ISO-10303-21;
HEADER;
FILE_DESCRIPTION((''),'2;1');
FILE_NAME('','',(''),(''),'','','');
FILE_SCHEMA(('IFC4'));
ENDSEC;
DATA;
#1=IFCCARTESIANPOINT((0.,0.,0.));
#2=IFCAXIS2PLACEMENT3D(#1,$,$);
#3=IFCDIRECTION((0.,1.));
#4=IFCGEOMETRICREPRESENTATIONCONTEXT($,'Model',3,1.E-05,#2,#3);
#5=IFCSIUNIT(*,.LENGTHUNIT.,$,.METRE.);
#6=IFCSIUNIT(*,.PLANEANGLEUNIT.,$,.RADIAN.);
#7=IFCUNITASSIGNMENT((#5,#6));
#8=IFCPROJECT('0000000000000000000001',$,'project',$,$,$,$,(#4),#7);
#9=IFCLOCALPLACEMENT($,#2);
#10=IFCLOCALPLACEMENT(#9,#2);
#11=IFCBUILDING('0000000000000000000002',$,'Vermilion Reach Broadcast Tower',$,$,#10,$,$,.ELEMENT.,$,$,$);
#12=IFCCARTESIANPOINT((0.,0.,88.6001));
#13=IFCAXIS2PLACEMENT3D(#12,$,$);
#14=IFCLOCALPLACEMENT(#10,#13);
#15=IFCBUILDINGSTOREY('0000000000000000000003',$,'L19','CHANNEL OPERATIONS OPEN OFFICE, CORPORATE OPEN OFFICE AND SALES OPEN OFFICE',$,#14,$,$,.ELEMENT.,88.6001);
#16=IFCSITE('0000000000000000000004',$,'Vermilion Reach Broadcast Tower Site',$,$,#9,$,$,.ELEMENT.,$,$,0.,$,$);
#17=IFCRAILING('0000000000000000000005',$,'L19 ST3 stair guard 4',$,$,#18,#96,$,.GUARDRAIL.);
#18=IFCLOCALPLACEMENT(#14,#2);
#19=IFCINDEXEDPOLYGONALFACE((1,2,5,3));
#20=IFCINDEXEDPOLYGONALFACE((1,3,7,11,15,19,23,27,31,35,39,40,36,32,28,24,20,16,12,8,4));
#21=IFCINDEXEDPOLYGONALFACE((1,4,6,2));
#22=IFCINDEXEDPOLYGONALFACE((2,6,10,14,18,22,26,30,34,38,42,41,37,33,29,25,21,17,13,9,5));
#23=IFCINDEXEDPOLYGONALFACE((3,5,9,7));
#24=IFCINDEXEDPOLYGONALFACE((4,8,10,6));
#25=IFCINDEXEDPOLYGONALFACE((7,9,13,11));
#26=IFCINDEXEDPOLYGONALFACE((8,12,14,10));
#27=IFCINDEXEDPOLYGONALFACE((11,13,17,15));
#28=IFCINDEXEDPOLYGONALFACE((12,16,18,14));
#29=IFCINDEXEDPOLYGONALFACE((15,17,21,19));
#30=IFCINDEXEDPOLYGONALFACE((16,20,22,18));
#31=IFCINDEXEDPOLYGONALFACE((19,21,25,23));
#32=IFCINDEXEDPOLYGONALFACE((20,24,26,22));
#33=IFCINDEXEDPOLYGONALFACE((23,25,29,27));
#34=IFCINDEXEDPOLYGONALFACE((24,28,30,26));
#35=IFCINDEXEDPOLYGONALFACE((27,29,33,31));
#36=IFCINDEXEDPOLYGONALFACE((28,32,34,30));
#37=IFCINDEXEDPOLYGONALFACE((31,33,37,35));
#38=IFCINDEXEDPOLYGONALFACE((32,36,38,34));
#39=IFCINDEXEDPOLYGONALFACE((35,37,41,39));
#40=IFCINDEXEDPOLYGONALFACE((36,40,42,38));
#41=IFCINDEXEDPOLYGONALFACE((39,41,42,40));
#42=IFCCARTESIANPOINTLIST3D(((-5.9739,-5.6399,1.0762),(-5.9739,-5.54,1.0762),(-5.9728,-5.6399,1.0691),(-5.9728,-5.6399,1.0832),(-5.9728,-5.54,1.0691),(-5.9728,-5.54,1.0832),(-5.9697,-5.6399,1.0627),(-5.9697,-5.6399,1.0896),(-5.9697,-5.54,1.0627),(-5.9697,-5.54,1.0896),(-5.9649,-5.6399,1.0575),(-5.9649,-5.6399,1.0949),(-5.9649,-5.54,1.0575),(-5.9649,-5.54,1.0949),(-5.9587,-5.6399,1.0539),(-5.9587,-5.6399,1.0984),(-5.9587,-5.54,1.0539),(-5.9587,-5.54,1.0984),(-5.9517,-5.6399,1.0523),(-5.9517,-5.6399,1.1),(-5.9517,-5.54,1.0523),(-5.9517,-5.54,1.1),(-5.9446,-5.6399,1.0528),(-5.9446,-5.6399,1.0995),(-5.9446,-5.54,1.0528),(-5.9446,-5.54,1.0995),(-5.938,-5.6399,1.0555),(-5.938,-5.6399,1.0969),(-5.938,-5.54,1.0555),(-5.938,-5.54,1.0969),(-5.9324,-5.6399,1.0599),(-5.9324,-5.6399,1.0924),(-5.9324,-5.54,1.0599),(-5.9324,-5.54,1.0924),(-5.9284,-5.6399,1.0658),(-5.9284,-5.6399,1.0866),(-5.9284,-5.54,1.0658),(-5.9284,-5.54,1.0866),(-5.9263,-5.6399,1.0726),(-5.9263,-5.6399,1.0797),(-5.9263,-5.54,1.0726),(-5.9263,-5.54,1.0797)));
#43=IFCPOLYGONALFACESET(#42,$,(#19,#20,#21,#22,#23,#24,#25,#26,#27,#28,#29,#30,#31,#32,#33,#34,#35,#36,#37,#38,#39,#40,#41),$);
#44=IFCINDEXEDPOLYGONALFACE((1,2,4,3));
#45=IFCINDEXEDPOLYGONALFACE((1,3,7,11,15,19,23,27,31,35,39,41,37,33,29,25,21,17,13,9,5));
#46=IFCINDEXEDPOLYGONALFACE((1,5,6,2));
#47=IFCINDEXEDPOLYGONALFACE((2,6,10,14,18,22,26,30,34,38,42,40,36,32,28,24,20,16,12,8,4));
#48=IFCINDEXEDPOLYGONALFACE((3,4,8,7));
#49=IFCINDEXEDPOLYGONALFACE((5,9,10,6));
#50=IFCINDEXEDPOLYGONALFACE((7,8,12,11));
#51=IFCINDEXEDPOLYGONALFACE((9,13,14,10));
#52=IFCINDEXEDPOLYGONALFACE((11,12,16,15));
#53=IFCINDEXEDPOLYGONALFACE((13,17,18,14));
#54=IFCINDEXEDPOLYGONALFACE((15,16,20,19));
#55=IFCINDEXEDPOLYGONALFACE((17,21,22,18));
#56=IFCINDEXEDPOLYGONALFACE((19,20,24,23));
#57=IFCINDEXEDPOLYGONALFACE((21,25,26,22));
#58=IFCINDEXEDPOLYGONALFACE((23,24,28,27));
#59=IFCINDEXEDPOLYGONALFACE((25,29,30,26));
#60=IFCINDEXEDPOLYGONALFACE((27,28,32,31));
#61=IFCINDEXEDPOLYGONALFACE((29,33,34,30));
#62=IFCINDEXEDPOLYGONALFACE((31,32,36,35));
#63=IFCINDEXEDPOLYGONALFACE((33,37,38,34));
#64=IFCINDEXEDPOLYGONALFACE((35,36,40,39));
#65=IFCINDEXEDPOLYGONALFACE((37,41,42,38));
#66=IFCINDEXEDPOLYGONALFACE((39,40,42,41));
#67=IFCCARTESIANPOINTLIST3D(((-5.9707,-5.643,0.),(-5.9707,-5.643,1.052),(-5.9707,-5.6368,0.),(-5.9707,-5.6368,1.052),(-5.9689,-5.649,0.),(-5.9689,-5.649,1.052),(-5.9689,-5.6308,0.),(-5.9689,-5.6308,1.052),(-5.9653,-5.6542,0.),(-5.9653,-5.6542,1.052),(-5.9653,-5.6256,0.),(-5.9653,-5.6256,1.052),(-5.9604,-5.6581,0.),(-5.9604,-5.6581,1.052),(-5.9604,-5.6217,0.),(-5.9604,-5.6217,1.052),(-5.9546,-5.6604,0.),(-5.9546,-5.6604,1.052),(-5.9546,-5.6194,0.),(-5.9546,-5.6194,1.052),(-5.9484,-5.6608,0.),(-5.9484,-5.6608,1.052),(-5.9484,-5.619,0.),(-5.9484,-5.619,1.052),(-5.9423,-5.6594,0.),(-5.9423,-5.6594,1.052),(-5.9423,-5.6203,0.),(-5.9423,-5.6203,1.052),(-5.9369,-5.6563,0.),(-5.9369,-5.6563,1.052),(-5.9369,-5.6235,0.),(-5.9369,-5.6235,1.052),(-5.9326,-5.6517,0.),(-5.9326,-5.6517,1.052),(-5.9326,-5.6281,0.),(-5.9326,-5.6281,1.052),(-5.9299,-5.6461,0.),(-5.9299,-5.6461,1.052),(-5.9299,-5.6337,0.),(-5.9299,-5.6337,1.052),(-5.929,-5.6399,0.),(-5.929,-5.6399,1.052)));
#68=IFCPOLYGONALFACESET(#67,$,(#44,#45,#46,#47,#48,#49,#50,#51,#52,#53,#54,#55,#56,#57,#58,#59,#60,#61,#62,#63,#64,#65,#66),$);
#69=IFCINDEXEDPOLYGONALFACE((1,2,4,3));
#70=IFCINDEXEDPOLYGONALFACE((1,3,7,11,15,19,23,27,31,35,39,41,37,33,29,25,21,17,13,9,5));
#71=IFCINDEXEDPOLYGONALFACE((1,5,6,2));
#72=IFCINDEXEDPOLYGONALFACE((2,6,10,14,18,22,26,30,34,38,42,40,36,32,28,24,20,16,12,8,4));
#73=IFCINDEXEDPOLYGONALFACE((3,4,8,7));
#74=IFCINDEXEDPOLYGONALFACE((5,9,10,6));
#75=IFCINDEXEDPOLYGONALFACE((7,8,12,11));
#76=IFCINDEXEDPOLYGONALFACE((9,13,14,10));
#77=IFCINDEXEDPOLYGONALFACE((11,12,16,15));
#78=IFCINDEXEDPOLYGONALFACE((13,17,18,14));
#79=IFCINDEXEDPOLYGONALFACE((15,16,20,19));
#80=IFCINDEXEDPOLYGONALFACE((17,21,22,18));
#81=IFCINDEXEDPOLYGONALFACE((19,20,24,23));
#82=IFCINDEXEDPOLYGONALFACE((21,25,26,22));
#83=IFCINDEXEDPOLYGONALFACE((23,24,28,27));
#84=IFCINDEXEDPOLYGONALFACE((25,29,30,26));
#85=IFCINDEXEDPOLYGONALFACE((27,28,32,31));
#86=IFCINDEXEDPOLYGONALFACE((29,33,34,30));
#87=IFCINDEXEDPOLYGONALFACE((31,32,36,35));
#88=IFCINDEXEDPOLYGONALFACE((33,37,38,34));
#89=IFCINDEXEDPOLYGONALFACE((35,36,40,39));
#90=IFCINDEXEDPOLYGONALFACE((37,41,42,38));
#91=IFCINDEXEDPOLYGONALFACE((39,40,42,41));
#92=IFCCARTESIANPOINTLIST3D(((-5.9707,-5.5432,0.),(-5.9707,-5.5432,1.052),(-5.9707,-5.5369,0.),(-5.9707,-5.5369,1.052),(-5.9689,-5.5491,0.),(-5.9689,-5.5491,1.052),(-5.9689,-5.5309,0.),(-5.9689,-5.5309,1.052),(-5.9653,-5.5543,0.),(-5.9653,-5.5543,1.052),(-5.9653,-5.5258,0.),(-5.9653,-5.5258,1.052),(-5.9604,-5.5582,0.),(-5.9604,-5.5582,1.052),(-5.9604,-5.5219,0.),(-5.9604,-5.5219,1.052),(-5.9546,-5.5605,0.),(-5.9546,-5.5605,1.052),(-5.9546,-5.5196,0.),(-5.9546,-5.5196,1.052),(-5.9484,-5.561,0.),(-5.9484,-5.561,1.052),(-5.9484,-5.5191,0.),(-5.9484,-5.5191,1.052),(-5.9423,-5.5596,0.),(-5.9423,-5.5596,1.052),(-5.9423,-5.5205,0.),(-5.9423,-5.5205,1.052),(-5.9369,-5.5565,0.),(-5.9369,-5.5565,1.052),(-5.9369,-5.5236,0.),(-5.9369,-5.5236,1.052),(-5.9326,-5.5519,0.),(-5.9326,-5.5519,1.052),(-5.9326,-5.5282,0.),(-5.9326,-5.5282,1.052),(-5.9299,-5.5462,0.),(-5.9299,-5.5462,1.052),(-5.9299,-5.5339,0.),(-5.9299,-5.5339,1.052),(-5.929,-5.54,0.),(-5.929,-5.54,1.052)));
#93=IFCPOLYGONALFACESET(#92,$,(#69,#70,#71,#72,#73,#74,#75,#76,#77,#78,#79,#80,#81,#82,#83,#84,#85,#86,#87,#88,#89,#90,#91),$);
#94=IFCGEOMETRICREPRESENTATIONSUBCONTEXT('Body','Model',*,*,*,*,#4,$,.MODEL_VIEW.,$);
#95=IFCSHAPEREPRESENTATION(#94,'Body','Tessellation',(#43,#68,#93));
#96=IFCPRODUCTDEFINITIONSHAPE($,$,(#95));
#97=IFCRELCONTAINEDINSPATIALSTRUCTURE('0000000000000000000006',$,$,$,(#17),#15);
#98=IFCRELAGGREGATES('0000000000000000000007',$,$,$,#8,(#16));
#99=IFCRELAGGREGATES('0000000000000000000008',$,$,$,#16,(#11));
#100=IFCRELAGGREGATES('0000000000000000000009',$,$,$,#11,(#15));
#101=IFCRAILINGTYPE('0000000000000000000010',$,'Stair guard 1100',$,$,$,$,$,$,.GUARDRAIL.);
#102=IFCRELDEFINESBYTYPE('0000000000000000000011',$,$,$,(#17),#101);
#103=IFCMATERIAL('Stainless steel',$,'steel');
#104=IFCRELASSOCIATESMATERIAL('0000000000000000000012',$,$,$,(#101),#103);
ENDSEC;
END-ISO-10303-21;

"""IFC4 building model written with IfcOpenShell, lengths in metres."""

from ifc_helpers import new_model, si_unit, direction, frame, origin, origin_2d, place, context, subcontext, project, spatial, circle, extrude, material, type_object, element, save


model = new_model("IFC4")

# Units and contexts
model_context = context("Model", 3, precision=1e-05, world=origin(), true_north=direction((0.0, 1.0)))
body_context = subcontext(model_context, "Body", "Model", "MODEL_VIEW")
ifc_project = project(units=[si_unit("LENGTHUNIT", "METRE"), si_unit("PLANEANGLEUNIT", "RADIAN")], contexts=[model_context])

# Site, building, storey
site_placement = place(None, origin())
site = spatial("IfcSite", under=ifc_project, at=site_placement, Name="Vermilion Reach Broadcast Tower Site", CompositionType="ELEMENT", RefElevation=0.0)
building_placement = place(site_placement, origin())
building = spatial("IfcBuilding", under=site, at=building_placement, Name="Vermilion Reach Broadcast Tower", CompositionType="ELEMENT")
storey_placement = place(building_placement, frame((0.0, 0.0, 88.6001)))
storey = spatial("IfcBuildingStorey", under=building, at=storey_placement, Name="L19", Description="CHANNEL OPERATIONS OPEN OFFICE, CORPORATE OPEN OFFICE AND SALES OPEN OFFICE", CompositionType="ELEMENT", Elevation=88.6001)

# Railing
ifc_material_1 = material(Name="Stainless steel", Category="steel")
railing_type_1 = type_object("IfcRailingType", Name="Stair guard 1100", PredefinedType="GUARDRAIL", material=ifc_material_1)
railing_1_placement = place(storey_placement, frame((-5.95, -5.6399, 0.0)))
element("IfcRailing", 1, at=railing_1_placement, inside=storey, type_object=railing_type_1, Name="L19 ST3 stair guard 4", PredefinedType="GUARDRAIL", context=body_context, shape_type="SweptSolid", body=[
    extrude(circle(Radius=0.0239, at=origin_2d()), frame((0.0, 0.0, 1.0762), z_axis=(0.0, 1.0, 0.0), x_axis=(-1.0, 0.0, 0.0)), (0.0, 0.0, 1.0), 0.0999),
    extrude(circle(Radius=0.021, at=origin_2d()), origin(), (0.0, 0.0, 1.0), 1.052),
    extrude(circle(Radius=0.021, at=origin_2d()), frame((0.0, 0.0999, 0.0)), (0.0, 0.0, 1.0), 1.052),
])

save(model, "model.ifc")
